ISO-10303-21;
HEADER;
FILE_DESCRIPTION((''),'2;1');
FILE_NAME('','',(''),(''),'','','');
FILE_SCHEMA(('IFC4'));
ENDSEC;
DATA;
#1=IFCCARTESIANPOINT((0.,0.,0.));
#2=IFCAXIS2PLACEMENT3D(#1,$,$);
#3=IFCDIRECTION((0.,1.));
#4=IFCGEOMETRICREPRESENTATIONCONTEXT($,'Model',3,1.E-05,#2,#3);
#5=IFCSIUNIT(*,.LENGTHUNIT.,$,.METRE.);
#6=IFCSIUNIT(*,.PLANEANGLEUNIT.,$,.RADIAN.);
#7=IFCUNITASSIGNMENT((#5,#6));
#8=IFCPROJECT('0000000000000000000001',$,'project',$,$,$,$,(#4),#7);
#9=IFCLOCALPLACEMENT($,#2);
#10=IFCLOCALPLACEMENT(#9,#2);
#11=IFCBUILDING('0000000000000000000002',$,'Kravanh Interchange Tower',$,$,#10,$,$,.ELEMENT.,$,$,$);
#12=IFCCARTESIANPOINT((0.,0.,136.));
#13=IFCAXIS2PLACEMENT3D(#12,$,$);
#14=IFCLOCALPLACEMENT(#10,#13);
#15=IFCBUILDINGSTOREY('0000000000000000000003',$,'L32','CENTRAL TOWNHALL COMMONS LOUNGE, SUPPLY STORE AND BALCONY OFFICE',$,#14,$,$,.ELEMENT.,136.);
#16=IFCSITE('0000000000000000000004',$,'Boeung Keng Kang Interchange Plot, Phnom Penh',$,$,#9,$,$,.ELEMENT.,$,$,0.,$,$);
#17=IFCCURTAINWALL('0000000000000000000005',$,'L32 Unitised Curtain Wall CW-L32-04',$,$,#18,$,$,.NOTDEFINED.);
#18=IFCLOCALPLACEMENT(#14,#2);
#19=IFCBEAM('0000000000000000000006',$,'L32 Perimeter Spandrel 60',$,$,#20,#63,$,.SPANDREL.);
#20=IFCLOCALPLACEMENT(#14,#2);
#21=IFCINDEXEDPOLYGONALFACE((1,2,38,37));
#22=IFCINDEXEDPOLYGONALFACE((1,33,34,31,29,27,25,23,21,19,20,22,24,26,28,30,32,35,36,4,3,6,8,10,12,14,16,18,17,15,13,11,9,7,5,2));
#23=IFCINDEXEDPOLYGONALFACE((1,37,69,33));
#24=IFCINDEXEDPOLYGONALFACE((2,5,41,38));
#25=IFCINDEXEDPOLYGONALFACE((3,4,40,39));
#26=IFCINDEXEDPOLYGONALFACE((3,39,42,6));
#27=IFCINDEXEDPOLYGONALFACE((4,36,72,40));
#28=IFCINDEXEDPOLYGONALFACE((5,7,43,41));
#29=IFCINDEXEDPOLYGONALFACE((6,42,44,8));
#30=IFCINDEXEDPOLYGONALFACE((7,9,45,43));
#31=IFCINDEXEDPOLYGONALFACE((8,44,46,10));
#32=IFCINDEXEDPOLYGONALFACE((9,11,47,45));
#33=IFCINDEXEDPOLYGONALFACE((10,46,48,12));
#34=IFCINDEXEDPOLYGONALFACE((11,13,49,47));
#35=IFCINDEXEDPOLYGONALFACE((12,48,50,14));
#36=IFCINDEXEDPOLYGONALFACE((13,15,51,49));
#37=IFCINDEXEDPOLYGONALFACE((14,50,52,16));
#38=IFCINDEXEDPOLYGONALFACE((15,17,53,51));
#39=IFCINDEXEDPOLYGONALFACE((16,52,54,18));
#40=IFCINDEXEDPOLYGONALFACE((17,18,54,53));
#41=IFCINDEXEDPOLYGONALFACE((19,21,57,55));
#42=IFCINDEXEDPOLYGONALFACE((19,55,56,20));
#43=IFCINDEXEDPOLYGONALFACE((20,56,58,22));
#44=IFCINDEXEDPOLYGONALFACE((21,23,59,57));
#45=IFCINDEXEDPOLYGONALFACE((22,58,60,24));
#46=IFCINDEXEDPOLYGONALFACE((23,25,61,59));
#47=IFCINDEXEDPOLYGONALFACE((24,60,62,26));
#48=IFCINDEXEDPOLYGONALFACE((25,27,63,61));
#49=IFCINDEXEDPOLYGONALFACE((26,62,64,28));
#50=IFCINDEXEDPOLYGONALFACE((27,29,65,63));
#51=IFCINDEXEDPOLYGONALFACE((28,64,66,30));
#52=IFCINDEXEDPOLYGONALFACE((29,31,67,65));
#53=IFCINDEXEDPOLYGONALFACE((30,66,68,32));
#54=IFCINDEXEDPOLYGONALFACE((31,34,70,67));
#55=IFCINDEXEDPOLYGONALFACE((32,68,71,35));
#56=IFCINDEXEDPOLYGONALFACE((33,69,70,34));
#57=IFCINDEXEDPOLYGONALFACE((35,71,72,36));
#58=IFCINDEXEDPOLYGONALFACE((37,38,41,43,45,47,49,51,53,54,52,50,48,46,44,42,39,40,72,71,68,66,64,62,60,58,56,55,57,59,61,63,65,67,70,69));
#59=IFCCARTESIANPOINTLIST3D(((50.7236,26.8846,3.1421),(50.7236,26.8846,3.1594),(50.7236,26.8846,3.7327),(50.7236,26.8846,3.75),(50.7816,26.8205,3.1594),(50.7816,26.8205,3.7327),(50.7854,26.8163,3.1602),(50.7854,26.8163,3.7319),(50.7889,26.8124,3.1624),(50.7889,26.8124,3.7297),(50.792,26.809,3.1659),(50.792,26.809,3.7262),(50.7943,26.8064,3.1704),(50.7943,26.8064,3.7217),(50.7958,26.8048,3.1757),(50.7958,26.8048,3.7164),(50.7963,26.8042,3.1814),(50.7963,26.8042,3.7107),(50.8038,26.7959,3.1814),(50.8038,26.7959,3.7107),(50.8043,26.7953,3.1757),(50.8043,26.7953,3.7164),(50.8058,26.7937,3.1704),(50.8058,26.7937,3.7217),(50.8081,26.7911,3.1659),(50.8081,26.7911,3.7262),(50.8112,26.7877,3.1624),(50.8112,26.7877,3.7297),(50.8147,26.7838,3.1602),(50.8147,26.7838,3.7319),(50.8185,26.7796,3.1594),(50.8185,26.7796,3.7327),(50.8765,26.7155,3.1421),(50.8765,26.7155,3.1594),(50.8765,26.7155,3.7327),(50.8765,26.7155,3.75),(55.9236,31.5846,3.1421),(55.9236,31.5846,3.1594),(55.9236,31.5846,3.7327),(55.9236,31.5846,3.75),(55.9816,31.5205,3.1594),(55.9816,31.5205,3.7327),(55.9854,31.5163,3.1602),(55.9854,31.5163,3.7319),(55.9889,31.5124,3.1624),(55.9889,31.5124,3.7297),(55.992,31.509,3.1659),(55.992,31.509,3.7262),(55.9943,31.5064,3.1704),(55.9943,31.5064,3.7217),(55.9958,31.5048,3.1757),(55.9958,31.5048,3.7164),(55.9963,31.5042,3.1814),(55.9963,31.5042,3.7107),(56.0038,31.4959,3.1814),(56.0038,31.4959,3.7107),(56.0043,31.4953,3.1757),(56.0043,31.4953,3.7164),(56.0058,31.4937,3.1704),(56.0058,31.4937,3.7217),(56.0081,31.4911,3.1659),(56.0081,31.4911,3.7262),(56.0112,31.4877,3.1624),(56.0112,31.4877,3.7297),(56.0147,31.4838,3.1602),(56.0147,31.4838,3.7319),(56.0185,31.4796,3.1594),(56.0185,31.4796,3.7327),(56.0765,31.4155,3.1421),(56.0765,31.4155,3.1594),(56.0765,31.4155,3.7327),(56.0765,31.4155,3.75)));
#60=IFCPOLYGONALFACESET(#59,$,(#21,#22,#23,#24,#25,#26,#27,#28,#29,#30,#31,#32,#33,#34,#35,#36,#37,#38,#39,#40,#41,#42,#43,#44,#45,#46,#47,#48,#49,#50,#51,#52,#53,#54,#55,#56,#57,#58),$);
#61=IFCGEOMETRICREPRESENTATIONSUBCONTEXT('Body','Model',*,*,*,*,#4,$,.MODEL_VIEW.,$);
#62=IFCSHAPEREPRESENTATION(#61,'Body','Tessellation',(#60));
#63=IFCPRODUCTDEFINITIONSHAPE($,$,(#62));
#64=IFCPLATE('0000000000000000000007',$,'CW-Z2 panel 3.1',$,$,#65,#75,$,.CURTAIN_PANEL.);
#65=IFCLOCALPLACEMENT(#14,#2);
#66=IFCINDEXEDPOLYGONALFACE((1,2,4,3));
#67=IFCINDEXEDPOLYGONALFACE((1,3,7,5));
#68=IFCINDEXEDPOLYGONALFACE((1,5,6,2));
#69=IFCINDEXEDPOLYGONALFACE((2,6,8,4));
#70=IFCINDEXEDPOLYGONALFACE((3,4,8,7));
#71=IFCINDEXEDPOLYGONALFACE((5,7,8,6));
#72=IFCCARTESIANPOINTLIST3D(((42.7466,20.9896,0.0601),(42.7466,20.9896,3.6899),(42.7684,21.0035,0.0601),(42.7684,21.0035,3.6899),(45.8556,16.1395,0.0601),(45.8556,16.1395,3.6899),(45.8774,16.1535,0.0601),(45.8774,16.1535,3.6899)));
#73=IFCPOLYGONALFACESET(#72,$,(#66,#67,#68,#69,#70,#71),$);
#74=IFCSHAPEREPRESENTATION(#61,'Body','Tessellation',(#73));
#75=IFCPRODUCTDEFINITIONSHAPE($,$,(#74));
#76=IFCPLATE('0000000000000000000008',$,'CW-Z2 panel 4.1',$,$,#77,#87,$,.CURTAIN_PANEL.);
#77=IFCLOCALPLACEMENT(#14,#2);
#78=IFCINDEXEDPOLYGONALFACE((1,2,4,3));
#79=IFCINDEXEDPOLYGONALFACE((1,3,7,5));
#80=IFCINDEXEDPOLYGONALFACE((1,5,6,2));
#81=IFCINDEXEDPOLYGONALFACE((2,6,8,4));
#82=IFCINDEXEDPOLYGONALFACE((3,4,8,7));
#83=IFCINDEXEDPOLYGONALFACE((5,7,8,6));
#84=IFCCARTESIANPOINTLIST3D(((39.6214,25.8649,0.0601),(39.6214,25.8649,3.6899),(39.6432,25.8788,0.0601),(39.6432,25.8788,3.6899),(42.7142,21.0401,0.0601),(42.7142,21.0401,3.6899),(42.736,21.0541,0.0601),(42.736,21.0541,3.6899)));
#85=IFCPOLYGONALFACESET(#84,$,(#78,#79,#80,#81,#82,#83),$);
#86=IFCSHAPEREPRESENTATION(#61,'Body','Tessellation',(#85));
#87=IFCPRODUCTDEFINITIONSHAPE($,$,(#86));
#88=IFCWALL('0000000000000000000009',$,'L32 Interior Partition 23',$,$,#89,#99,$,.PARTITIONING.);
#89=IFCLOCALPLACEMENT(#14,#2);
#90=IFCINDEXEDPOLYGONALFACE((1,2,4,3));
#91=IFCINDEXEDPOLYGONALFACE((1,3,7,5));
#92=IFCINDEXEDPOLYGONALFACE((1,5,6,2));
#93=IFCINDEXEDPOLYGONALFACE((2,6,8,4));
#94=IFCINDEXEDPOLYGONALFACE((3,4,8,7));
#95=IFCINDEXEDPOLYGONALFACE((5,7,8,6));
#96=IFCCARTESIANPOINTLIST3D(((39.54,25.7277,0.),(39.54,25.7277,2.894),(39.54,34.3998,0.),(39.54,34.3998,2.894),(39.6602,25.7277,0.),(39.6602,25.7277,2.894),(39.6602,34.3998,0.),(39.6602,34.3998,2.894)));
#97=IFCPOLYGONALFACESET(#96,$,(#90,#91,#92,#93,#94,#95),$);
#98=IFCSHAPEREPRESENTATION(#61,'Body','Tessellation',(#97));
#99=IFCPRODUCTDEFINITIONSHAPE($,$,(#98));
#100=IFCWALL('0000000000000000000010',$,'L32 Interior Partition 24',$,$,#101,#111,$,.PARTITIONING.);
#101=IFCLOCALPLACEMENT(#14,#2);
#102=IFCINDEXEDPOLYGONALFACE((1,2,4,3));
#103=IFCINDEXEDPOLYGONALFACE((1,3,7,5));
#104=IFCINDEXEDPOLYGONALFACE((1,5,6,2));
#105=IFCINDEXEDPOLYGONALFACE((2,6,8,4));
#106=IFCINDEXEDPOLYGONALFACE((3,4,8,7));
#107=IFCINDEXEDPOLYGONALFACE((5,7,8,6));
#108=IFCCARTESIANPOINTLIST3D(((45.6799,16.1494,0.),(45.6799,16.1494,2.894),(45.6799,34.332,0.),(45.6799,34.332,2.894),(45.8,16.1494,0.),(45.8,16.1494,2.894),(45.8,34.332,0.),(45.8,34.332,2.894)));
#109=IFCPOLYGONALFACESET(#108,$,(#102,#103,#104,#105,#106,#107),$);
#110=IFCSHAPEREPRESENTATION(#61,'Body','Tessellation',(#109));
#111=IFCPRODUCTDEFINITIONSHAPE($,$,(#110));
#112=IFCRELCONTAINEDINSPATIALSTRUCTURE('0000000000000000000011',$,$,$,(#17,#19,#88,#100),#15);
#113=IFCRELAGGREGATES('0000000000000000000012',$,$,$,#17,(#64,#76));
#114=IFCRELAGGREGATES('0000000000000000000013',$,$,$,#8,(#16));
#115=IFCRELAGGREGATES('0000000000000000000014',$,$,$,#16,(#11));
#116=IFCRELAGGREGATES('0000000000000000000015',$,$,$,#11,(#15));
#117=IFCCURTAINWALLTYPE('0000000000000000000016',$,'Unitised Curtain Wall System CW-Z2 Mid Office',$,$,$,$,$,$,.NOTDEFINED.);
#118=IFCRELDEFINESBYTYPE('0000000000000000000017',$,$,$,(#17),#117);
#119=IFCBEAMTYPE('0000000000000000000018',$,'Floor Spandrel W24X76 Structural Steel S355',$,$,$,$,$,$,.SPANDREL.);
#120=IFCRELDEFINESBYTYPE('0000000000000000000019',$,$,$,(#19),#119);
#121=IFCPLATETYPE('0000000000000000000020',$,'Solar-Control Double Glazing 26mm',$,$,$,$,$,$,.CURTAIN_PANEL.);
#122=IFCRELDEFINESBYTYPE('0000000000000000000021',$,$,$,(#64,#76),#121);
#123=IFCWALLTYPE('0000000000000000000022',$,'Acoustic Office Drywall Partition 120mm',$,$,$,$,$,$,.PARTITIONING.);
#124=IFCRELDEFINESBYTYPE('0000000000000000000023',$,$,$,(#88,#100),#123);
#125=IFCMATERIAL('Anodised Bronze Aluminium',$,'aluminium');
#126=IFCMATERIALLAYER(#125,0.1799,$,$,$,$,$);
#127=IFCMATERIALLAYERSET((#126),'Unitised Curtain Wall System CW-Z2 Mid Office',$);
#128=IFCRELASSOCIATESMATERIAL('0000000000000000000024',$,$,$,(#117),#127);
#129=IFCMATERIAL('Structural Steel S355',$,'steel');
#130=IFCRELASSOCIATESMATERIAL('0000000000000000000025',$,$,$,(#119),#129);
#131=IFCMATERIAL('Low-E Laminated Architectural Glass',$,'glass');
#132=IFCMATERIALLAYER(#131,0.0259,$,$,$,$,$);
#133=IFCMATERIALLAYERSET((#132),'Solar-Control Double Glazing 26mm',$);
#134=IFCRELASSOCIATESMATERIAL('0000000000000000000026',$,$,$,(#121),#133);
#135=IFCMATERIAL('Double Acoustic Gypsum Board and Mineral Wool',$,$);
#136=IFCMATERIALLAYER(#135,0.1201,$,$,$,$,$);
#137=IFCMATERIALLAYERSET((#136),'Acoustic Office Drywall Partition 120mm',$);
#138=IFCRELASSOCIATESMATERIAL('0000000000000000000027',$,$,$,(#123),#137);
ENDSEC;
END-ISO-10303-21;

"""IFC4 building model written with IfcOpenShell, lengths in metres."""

from ifc_helpers import new_model, si_unit, direction, frame, frame_2d, origin, origin_2d, place, context, subcontext, project, spatial, rectangle, i_section, extrude, material, layer, layer_set, material_profile, profile_set, type_object, element, aggregate, save


model = new_model("IFC4")

# Units and contexts
model_context = context("Model", 3, precision=1e-05, world=origin(), true_north=direction((0.0, 1.0)))
body_context = subcontext(model_context, "Body", "Model", "MODEL_VIEW")
ifc_project = project(units=[si_unit("LENGTHUNIT", "METRE"), si_unit("PLANEANGLEUNIT", "RADIAN")], contexts=[model_context])

# Site, building, storey
site_placement = place(None, origin())
site = spatial("IfcSite", under=ifc_project, at=site_placement, Name="Boeung Keng Kang Interchange Plot, Phnom Penh", CompositionType="ELEMENT", RefElevation=0.0)
building_placement = place(site_placement, origin())
building = spatial("IfcBuilding", under=site, at=building_placement, Name="Kravanh Interchange Tower", CompositionType="ELEMENT")
storey_placement = place(building_placement, frame((0.0, 0.0, 136.0)))
storey = spatial("IfcBuildingStorey", under=building, at=storey_placement, Name="L32", Description="CENTRAL TOWNHALL COMMONS LOUNGE, SUPPLY STORE AND BALCONY OFFICE", CompositionType="ELEMENT", Elevation=136.0)

# Curtain wall
ifc_material_1 = material(Name="Anodised Bronze Aluminium", Category="aluminium")
ifc_layer_1 = layer(ifc_material_1, 0.1799)
ifc_layer_set_1 = layer_set([ifc_layer_1], Name="Unitised Curtain Wall System CW-Z2 Mid Office")
curtain_wall_type = type_object("IfcCurtainWallType", Name="Unitised Curtain Wall System CW-Z2 Mid Office", PredefinedType="NOTDEFINED", material=ifc_layer_set_1)
curtain_wall_1_placement = place(storey_placement, origin())
curtain_wall_1 = element("IfcCurtainWall", 1, at=curtain_wall_1_placement, inside=storey, type_object=curtain_wall_type, Name="L32 Unitised Curtain Wall CW-L32-04", PredefinedType="NOTDEFINED")

# Beam
ifc_material_2 = material(Name="Structural Steel S355", Category="steel")
ifc_material_profile_1 = material_profile(ifc_material_2, i_section(OverallWidth=0.228, OverallDepth=0.6079, WebThickness=0.0112, FlangeThickness=0.0173, FilletRadius=0.022, at=origin_2d()), Name="W24X76")
ifc_profile_set_1 = profile_set([ifc_material_profile_1], Name="Structural Steel S355")
beam_type_1 = type_object("IfcBeamType", Name="Floor Spandrel W24X76 Structural Steel S355", PredefinedType="SPANDREL", material=ifc_profile_set_1)
beam_1_placement = place(storey_placement, frame((50.8, 26.8, 3.446), z_axis=(0.741874, 0.670539, 0.0), x_axis=(-0.670539, 0.741874, 0.0)))
element("IfcBeam", 2, at=beam_1_placement, inside=storey, type_object=beam_type_1, Name="L32 Perimeter Spandrel 60", PredefinedType="SPANDREL", context=body_context, shape_type="SweptSolid", body=[
    extrude(i_section(OverallWidth=0.228, OverallDepth=0.6079, WebThickness=0.0112, FlangeThickness=0.0173, FilletRadius=0.022, at=origin_2d()), origin(), (0.0, 0.0, 1.0), 7.0093),
])

# Plates
ifc_material_3 = material(Name="Low-E Laminated Architectural Glass", Category="glass")
ifc_layer_2 = layer(ifc_material_3, 0.0259)
ifc_layer_set_2 = layer_set([ifc_layer_2], Name="Solar-Control Double Glazing 26mm")
plate_type = type_object("IfcPlateType", Name="Solar-Control Double Glazing 26mm", PredefinedType="CURTAIN_PANEL", material=ifc_layer_set_2)
plate_1_placement = place(storey_placement, frame((44.312, 18.5715, 0.0601), z_axis=(0.0, 0.0, 1.0), x_axis=(-0.539665, 0.84188, 0.0)))
plate_1 = element("IfcPlate", 3, at=plate_1_placement, type_object=plate_type, Name="CW-Z2 panel 3.1", PredefinedType="CURTAIN_PANEL", context=body_context, shape_type="SweptSolid", body=[
    extrude(rectangle(XDim=5.761, YDim=0.0259, at=origin_2d()), origin(), (0.0, 0.0, 1.0), 3.6299),
])
plate_2_placement = place(storey_placement, frame((41.1787, 23.4595, 0.0601), z_axis=(0.0, 0.0, 1.0), x_axis=(-0.539665, 0.84188, 0.0)))
plate_2 = element("IfcPlate", 4, at=plate_2_placement, type_object=plate_type, Name="CW-Z2 panel 4.1", PredefinedType="CURTAIN_PANEL", context=body_context, shape_type="SweptSolid", body=[
    extrude(rectangle(XDim=5.731, YDim=0.0259, at=origin_2d()), origin(), (0.0, 0.0, 1.0), 3.6299),
])
aggregate(curtain_wall_1, [plate_1, plate_2])

# Walls
ifc_material_4 = material(Name="Double Acoustic Gypsum Board and Mineral Wool")
ifc_layer_3 = layer(ifc_material_4, 0.1201)
ifc_layer_set_3 = layer_set([ifc_layer_3], Name="Acoustic Office Drywall Partition 120mm")
wall_type = type_object("IfcWallType", Name="Acoustic Office Drywall Partition 120mm", PredefinedType="PARTITIONING", material=ifc_layer_set_3)
wall_1_placement = place(storey_placement, frame((39.6001, 25.7278, 0.0), z_axis=(0.0, 0.0, 1.0), x_axis=(0.0, 1.0, 0.0)))
element("IfcWall", 5, at=wall_1_placement, inside=storey, type_object=wall_type, Name="L32 Interior Partition 23", PredefinedType="PARTITIONING", context=body_context, shape_type="SweptSolid", body=[
    extrude(rectangle(XDim=8.6721, YDim=0.1201, at=frame_2d((4.3359, 0.0))), origin(), (0.0, 0.0, 1.0), 2.894),
])
wall_2_placement = place(storey_placement, frame((45.74, 16.1494, 0.0), z_axis=(0.0, 0.0, 1.0), x_axis=(0.0, 1.0, 0.0)))
element("IfcWall", 6, at=wall_2_placement, inside=storey, type_object=wall_type, Name="L32 Interior Partition 24", PredefinedType="PARTITIONING", context=body_context, shape_type="SweptSolid", body=[
    extrude(rectangle(XDim=18.1826, YDim=0.1201, at=frame_2d((9.0913, 0.0))), origin(), (0.0, 0.0, 1.0), 2.894),
])

save(model, "model.ifc")
